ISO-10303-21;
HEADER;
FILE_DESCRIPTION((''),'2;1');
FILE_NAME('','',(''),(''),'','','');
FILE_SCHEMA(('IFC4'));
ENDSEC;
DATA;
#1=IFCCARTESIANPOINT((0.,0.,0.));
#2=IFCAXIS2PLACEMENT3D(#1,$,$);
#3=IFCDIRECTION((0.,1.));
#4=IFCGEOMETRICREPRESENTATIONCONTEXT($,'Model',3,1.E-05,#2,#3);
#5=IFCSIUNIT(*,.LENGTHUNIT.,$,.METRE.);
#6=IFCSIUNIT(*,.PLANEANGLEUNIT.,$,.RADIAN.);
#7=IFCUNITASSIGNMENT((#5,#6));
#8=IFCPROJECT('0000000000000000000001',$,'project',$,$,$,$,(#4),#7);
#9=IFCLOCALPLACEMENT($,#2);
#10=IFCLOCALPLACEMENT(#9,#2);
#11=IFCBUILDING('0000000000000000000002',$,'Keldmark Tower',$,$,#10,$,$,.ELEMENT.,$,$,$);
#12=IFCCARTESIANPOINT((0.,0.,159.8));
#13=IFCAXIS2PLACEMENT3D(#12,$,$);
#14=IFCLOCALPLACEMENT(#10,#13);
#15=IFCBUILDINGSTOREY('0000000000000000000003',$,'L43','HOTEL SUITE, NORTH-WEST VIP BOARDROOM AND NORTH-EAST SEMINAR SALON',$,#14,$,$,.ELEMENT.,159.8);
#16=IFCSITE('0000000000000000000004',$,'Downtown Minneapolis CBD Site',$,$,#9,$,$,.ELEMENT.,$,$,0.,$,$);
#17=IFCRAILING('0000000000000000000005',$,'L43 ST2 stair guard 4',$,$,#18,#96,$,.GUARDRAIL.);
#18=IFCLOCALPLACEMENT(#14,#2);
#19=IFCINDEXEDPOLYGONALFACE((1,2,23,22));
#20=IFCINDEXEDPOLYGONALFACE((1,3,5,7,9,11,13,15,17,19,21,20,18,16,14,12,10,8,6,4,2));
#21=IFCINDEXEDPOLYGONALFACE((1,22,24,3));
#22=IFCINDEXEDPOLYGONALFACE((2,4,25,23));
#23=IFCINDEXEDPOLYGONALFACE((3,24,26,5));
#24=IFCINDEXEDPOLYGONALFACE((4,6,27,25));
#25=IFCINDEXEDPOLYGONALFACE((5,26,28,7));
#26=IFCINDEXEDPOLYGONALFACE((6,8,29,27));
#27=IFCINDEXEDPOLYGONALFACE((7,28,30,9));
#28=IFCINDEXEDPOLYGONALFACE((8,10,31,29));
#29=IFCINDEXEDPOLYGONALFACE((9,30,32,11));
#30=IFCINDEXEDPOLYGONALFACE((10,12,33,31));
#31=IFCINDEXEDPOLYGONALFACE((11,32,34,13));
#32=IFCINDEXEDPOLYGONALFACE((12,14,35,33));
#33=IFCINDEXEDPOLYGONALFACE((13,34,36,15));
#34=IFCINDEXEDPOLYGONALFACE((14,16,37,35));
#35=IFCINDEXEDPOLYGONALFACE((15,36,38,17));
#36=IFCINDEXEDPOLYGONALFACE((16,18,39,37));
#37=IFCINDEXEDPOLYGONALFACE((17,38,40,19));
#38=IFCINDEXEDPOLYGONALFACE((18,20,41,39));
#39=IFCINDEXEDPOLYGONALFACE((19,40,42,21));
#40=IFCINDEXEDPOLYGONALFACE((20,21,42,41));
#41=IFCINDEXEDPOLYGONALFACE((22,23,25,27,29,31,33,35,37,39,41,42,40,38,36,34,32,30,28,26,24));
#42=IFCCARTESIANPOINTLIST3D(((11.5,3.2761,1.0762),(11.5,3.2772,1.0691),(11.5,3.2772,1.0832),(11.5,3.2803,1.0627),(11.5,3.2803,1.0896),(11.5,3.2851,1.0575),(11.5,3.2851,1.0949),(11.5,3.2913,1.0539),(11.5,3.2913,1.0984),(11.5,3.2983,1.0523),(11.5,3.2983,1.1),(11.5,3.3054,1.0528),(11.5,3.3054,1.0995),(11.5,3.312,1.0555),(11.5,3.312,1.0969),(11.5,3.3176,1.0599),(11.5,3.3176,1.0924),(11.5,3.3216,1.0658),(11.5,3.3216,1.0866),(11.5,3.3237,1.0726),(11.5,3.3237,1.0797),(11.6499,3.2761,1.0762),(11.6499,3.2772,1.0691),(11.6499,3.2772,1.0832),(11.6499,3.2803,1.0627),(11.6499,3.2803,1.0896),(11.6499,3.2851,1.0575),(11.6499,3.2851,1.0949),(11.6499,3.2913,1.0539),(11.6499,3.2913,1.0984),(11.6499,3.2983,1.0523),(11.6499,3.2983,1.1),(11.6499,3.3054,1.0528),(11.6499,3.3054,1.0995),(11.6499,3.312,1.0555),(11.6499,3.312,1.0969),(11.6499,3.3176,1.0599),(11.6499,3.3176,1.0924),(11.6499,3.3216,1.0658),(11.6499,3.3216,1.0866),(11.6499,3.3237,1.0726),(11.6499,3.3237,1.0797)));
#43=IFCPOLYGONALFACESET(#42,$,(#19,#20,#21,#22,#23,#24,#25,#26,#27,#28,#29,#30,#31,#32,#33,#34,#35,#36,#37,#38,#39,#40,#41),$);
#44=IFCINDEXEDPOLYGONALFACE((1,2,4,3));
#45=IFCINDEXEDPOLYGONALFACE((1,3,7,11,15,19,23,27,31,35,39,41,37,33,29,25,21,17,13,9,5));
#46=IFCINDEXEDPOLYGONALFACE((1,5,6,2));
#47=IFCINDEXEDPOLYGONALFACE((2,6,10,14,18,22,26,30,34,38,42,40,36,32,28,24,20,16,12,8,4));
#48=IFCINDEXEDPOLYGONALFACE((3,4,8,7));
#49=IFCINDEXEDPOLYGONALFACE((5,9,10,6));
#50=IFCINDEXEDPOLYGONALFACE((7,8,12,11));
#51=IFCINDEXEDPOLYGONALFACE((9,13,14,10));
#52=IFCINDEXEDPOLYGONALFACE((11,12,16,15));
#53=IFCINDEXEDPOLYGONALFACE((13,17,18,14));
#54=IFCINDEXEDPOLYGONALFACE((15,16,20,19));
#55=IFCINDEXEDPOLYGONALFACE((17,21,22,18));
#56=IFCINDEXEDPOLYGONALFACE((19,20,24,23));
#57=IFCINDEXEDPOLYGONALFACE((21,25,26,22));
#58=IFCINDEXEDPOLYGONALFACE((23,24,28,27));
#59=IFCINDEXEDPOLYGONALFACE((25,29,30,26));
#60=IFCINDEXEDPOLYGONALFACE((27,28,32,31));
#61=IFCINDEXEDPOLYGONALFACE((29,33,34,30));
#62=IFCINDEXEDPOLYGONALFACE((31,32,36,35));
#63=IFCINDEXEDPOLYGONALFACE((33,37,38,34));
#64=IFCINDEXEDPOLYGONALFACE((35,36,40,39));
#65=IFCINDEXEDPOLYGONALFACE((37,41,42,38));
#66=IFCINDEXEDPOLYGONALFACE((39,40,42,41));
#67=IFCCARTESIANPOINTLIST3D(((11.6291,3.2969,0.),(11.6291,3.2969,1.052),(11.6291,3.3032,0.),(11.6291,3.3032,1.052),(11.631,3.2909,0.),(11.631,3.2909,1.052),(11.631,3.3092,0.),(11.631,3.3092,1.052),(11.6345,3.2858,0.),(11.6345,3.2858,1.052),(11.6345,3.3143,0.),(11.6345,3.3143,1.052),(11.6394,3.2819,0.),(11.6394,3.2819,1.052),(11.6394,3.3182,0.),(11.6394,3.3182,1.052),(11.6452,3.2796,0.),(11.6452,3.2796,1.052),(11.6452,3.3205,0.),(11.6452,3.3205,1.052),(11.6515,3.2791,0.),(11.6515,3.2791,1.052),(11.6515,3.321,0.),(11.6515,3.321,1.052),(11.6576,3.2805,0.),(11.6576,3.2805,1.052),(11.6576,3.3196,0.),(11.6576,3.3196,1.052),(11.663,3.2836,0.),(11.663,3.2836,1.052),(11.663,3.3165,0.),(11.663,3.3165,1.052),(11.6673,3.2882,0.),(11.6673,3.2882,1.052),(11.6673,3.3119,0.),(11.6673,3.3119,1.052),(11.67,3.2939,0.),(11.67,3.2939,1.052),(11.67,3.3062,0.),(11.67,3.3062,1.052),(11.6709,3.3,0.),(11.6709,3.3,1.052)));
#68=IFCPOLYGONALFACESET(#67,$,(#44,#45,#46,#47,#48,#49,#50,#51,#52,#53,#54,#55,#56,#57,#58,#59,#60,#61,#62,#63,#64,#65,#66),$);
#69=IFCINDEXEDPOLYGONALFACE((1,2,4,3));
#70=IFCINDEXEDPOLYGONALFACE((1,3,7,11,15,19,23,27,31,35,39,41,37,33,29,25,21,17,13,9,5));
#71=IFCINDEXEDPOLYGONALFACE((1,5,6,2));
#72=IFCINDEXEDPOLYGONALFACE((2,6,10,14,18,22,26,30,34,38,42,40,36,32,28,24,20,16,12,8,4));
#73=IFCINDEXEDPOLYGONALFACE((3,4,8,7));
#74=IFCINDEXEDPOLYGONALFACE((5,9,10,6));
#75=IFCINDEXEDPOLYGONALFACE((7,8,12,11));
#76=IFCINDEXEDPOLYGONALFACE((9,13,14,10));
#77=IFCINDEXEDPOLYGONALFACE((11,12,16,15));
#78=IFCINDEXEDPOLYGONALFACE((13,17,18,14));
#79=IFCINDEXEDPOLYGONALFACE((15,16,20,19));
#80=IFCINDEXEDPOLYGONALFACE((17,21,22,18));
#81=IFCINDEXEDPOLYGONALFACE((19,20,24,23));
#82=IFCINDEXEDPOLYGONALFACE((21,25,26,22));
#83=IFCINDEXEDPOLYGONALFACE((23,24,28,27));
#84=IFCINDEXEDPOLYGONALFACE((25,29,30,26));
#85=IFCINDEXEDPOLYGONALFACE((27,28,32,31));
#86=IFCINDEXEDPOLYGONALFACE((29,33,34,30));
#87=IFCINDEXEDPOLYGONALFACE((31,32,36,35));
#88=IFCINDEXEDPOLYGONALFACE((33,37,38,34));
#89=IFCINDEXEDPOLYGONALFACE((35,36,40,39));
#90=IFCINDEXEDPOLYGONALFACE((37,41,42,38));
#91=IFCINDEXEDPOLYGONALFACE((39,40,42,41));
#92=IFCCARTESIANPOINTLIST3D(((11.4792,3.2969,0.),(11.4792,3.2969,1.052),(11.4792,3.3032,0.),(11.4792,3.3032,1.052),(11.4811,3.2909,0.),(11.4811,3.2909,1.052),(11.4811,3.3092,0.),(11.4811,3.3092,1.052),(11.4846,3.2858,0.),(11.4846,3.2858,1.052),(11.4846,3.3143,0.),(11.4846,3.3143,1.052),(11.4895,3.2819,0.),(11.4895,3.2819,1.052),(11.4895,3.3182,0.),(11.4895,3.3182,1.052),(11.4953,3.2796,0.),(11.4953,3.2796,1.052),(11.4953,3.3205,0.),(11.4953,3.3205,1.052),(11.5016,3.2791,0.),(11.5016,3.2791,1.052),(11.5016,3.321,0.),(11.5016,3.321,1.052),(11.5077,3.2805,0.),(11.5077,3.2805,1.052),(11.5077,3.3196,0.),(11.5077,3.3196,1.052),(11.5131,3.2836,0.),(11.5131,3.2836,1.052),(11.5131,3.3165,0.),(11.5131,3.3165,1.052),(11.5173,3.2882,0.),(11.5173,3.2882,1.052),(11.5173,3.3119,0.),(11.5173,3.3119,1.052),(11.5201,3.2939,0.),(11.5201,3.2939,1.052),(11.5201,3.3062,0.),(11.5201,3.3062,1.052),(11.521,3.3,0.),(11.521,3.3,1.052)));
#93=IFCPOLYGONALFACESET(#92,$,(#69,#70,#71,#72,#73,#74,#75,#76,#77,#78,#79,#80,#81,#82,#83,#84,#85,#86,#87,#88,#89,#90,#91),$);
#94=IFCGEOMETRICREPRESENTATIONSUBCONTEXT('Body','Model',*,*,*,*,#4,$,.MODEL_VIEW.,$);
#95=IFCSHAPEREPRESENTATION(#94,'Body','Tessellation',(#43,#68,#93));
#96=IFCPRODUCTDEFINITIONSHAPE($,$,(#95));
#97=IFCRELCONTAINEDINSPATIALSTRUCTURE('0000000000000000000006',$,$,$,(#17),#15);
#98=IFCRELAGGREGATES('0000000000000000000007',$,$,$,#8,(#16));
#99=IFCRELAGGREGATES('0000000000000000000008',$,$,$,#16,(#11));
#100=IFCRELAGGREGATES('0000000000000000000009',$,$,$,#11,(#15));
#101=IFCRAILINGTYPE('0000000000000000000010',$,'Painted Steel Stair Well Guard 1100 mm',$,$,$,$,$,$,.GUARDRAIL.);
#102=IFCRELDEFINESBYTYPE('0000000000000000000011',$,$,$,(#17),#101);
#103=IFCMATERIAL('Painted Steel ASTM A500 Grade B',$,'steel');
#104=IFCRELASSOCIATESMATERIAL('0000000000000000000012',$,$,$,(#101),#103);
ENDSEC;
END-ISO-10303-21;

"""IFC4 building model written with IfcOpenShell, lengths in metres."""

from ifc_helpers import new_model, si_unit, direction, frame, origin, origin_2d, place, context, subcontext, project, spatial, circle, extrude, material, type_object, element, save


model = new_model("IFC4")

# Units and contexts
model_context = context("Model", 3, precision=1e-05, world=origin(), true_north=direction((0.0, 1.0)))
body_context = subcontext(model_context, "Body", "Model", "MODEL_VIEW")
ifc_project = project(units=[si_unit("LENGTHUNIT", "METRE"), si_unit("PLANEANGLEUNIT", "RADIAN")], contexts=[model_context])

# Site, building, storey
site_placement = place(None, origin())
site = spatial("IfcSite", under=ifc_project, at=site_placement, Name="Downtown Minneapolis CBD Site", CompositionType="ELEMENT", RefElevation=0.0)
building_placement = place(site_placement, origin())
building = spatial("IfcBuilding", under=site, at=building_placement, Name="Keldmark Tower", CompositionType="ELEMENT")
storey_placement = place(building_placement, frame((0.0, 0.0, 159.8)))
storey = spatial("IfcBuildingStorey", under=building, at=storey_placement, Name="L43", Description="HOTEL SUITE, NORTH-WEST VIP BOARDROOM AND NORTH-EAST SEMINAR SALON", CompositionType="ELEMENT", Elevation=159.8)

# Railing
ifc_material_1 = material(Name="Painted Steel ASTM A500 Grade B", Category="steel")
railing_type_1 = type_object("IfcRailingType", Name="Painted Steel Stair Well Guard 1100 mm", PredefinedType="GUARDRAIL", material=ifc_material_1)
railing_1_placement = place(storey_placement, frame((11.6499, 3.3, 0.0)))
element("IfcRailing", 1, at=railing_1_placement, inside=storey, type_object=railing_type_1, Name="L43 ST2 stair guard 4", PredefinedType="GUARDRAIL", context=body_context, shape_type="SweptSolid", body=[
    extrude(circle(Radius=0.0239, at=origin_2d()), frame((0.0, 0.0, 1.0762), z_axis=(-1.0, 0.0, 0.0), x_axis=(0.0, -1.0, 0.0)), (0.0, 0.0, 1.0), 0.1499),
    extrude(circle(Radius=0.021, at=origin_2d()), origin(), (0.0, 0.0, 1.0), 1.052),
    extrude(circle(Radius=0.021, at=origin_2d()), frame((-0.1499, 0.0, 0.0)), (0.0, 0.0, 1.0), 1.052),
])

save(model, "model.ifc")
